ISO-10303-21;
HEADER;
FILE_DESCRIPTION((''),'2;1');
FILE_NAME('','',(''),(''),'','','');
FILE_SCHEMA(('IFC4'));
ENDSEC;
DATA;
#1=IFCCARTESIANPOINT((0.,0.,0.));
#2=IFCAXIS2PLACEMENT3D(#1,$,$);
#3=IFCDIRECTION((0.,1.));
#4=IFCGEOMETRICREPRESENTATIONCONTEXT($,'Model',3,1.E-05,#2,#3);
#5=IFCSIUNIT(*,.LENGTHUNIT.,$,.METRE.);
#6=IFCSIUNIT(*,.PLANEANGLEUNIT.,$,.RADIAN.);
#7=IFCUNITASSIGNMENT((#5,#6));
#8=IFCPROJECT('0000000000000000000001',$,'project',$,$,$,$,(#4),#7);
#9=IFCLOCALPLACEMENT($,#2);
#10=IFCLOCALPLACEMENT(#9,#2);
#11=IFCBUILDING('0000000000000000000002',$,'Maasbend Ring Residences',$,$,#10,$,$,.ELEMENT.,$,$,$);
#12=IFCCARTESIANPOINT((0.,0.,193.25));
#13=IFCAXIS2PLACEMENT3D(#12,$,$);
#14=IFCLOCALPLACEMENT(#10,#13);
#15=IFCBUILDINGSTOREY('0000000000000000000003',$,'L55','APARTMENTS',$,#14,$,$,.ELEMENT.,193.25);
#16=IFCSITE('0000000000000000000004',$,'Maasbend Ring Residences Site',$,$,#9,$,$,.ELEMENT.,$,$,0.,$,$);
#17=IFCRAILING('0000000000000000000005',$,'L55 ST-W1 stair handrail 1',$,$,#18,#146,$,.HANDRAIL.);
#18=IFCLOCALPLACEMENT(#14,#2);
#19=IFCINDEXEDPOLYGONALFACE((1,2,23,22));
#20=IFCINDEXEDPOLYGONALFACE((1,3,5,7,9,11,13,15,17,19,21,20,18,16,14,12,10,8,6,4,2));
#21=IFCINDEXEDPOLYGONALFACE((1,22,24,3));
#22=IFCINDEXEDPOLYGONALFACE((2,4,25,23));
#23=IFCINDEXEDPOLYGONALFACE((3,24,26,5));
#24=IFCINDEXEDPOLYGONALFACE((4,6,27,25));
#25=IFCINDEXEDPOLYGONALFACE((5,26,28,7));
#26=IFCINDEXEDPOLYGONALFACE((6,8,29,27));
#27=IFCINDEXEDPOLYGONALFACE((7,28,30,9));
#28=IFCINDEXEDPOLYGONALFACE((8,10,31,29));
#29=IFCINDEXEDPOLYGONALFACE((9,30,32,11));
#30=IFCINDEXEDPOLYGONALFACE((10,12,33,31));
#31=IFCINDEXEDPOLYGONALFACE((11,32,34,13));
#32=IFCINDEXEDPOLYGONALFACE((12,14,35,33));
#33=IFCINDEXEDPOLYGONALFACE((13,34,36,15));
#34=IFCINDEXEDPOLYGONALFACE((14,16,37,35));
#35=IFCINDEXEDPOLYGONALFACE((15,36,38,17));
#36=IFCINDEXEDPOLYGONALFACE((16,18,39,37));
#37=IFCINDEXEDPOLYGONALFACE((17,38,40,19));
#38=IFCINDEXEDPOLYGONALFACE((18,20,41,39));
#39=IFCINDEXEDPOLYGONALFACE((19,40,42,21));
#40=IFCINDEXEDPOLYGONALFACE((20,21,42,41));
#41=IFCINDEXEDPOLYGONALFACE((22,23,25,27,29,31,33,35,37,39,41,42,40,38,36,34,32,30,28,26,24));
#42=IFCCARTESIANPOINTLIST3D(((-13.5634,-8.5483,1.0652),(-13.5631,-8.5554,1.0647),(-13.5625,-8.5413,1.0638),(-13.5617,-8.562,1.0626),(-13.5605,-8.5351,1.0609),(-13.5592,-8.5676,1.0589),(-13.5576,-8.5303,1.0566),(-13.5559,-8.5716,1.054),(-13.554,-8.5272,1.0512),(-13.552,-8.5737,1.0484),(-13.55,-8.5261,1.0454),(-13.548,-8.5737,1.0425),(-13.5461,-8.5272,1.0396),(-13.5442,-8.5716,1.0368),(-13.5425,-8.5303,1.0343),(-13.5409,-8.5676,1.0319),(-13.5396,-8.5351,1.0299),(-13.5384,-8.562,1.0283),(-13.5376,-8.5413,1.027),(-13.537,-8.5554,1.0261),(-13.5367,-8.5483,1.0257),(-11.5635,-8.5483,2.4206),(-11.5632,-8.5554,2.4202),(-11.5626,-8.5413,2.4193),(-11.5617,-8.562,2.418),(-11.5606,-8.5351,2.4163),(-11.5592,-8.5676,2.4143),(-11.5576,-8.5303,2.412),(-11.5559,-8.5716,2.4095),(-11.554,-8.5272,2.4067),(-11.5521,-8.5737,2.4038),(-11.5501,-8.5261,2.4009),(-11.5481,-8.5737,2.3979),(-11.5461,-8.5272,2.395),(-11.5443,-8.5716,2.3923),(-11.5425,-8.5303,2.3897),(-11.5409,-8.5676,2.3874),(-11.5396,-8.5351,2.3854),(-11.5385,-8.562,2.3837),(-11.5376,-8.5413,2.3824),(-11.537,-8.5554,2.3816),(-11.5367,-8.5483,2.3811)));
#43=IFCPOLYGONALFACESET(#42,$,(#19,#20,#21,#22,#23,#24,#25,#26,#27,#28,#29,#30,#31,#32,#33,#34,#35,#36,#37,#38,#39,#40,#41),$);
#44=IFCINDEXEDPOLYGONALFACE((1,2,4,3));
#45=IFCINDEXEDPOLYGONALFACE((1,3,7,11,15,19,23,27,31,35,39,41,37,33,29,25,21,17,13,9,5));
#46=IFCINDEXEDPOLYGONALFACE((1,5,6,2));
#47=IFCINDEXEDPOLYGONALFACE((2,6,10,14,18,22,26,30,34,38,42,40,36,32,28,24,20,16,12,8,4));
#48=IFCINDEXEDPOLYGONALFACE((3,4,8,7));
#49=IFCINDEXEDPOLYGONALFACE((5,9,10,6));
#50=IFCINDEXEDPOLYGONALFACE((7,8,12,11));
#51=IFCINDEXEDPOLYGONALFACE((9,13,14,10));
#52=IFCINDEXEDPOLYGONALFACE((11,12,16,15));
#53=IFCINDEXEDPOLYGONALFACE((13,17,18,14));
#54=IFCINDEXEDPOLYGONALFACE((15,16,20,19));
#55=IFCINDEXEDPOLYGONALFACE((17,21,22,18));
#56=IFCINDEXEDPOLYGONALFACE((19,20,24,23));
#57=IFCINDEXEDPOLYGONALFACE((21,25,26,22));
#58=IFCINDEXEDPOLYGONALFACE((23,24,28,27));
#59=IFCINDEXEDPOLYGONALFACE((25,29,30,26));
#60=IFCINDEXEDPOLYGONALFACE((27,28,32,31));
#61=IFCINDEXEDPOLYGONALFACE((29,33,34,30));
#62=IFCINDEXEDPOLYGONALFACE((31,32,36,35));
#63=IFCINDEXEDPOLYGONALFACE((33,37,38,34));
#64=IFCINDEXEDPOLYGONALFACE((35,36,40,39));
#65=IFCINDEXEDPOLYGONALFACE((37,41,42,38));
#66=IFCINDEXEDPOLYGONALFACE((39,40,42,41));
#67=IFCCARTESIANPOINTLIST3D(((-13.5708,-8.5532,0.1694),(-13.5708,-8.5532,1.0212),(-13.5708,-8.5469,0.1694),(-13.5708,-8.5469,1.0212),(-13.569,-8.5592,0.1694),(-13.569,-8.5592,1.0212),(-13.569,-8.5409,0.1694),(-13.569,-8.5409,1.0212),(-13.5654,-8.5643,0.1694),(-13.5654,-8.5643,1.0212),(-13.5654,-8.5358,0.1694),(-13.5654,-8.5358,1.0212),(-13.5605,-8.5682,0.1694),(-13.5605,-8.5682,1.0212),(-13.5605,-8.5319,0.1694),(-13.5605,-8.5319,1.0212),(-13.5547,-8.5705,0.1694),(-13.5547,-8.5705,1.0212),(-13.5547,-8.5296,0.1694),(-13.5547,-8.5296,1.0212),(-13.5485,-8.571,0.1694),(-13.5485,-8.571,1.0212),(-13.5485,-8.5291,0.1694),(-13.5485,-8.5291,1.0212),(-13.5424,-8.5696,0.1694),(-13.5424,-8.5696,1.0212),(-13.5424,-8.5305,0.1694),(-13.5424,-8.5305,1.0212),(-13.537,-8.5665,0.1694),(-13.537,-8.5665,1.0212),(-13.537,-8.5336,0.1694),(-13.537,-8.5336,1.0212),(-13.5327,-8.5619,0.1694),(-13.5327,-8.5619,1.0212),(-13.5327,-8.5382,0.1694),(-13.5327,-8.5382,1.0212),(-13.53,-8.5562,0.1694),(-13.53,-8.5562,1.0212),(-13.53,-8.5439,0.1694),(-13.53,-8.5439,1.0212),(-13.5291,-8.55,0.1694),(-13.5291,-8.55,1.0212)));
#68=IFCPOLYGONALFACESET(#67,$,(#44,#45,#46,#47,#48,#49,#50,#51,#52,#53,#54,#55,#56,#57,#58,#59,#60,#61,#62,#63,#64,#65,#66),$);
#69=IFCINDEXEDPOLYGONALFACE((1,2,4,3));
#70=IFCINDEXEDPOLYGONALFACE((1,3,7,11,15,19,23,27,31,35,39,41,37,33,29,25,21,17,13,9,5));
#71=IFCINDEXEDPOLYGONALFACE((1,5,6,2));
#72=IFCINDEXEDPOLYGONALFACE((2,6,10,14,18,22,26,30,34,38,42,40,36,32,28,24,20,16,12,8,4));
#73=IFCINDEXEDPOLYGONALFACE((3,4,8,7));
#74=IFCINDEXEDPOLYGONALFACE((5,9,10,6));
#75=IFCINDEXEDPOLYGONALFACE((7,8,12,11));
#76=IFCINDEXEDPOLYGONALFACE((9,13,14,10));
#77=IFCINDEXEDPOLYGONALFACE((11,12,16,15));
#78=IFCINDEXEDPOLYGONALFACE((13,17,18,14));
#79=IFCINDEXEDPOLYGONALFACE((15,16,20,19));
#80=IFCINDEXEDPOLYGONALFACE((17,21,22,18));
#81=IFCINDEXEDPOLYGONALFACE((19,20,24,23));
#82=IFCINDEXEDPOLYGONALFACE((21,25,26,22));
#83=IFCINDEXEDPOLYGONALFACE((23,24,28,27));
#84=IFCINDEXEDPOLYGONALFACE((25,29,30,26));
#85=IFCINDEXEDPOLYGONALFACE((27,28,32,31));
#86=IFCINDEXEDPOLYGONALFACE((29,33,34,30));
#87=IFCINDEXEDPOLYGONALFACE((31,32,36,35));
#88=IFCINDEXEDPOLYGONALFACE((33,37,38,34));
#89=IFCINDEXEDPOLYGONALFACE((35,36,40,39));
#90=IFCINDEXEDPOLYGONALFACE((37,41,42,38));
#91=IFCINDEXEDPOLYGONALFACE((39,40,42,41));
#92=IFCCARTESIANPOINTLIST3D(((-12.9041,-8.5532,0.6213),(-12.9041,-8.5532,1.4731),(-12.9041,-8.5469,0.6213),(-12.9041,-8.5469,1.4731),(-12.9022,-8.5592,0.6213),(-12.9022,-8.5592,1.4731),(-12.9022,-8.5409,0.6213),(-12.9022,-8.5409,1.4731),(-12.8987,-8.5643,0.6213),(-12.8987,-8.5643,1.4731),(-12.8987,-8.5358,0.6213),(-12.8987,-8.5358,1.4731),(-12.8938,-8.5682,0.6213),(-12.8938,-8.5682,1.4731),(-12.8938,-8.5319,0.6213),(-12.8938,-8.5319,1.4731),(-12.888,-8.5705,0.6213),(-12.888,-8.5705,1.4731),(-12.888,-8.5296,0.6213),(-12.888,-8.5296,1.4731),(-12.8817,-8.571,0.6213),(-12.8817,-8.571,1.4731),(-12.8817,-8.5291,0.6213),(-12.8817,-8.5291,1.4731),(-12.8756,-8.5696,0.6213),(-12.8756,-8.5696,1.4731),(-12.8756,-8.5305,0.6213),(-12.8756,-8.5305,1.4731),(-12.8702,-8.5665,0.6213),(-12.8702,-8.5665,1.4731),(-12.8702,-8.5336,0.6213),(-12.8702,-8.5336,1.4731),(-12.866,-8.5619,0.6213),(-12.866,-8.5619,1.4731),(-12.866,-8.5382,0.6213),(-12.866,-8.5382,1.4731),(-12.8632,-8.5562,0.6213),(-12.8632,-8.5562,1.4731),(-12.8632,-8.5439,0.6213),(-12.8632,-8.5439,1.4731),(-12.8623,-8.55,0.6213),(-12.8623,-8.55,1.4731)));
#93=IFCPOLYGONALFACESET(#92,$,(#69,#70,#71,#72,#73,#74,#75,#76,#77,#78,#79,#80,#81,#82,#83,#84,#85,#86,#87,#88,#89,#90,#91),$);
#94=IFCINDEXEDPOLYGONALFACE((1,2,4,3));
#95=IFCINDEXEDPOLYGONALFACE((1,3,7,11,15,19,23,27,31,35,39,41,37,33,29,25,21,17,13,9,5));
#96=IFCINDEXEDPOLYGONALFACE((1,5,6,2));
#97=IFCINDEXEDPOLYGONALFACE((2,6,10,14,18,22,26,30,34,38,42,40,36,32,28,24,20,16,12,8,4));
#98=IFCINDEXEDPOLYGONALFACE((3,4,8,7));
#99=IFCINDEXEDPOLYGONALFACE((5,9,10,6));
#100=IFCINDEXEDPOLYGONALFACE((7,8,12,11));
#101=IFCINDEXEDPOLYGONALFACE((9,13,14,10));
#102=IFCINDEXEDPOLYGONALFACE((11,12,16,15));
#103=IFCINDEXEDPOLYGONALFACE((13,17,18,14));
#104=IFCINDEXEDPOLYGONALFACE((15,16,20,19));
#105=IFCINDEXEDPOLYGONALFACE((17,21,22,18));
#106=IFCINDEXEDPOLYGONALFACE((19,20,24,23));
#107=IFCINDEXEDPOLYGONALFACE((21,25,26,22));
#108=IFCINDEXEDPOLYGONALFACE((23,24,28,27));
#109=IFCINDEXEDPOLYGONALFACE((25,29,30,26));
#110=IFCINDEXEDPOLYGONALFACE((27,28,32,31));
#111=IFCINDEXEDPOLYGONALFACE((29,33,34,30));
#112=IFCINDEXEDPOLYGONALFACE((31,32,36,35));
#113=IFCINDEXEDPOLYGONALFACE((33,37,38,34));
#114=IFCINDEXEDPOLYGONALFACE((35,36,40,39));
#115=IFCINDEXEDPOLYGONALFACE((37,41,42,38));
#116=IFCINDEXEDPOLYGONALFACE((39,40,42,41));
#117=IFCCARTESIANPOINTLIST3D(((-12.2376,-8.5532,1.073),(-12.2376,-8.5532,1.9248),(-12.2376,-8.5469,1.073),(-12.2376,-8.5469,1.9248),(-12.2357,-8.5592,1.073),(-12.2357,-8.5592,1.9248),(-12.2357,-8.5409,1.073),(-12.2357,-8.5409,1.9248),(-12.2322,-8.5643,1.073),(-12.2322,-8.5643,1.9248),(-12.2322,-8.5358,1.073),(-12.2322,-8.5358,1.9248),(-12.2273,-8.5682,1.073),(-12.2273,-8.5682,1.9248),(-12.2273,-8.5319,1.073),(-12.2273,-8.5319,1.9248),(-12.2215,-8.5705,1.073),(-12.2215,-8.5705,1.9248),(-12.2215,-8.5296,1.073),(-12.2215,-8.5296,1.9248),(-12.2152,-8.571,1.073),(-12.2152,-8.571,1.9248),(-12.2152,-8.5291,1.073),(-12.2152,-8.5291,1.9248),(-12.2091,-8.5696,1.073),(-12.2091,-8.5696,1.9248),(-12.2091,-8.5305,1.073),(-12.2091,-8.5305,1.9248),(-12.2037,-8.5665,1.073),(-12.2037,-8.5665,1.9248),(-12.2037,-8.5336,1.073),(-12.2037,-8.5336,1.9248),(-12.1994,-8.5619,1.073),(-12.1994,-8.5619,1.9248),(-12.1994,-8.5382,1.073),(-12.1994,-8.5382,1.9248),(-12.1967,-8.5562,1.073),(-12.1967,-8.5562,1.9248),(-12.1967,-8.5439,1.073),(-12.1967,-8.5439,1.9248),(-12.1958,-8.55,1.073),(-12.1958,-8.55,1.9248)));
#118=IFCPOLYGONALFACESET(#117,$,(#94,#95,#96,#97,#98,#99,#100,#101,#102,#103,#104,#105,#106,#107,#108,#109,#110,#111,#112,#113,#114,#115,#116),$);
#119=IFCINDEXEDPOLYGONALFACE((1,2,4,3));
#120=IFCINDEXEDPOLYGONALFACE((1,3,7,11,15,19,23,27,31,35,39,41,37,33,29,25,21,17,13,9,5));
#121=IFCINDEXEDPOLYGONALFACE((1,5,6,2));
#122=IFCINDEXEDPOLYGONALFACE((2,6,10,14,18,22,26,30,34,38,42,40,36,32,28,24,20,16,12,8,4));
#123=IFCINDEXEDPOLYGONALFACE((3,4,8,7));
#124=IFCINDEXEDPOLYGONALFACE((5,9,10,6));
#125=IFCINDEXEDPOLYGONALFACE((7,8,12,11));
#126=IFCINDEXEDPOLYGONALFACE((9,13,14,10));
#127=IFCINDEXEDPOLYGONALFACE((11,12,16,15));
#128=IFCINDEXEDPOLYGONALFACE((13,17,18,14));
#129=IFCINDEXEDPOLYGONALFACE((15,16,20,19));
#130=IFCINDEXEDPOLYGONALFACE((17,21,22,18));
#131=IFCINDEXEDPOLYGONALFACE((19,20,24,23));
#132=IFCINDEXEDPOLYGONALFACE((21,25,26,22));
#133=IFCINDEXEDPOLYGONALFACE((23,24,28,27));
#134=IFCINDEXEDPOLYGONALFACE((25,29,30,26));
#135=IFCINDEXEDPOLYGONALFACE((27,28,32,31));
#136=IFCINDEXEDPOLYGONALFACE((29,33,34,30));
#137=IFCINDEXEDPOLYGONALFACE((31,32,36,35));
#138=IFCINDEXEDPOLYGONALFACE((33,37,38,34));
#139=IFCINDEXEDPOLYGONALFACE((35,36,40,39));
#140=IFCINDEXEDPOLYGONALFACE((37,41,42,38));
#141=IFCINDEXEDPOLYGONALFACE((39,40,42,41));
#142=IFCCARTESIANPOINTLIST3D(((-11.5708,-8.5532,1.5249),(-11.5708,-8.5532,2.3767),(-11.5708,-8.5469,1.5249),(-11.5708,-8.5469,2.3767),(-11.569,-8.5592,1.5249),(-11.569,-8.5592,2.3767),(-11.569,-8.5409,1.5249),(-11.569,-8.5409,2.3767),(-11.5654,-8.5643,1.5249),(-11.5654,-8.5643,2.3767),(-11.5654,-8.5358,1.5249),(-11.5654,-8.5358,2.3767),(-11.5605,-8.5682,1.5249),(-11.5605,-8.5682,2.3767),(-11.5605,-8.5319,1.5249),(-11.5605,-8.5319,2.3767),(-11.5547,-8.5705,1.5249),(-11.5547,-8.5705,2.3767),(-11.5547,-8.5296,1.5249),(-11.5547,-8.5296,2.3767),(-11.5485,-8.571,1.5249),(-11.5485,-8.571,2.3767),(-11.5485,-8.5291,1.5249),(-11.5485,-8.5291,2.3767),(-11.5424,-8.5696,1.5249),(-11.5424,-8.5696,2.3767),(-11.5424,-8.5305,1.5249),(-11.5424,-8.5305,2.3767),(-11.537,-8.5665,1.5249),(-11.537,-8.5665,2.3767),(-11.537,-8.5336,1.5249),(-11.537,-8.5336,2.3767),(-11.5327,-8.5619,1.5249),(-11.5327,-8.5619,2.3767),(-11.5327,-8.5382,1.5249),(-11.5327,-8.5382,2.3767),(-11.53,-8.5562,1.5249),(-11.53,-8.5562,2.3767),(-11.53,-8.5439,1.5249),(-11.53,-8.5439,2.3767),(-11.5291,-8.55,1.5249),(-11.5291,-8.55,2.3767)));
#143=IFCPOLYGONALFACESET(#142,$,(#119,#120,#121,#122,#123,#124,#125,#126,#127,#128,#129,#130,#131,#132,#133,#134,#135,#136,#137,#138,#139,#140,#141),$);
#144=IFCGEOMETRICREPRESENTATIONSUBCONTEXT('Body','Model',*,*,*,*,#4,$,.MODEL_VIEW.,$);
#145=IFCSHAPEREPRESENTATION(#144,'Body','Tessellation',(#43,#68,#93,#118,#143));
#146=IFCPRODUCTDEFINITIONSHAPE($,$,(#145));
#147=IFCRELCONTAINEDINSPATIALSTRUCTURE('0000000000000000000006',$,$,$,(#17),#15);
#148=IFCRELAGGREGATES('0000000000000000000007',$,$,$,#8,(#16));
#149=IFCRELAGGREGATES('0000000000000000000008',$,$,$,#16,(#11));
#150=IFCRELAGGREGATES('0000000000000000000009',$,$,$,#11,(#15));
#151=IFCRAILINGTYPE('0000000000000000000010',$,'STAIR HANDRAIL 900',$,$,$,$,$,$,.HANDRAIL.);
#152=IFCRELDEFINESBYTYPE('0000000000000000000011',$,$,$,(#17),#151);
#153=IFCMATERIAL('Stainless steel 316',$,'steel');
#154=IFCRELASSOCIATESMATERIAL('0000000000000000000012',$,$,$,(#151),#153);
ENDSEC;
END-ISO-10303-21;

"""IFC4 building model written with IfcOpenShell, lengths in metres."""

from ifc_helpers import new_model, si_unit, direction, frame, origin, origin_2d, place, context, subcontext, project, spatial, circle, extrude, material, type_object, element, save


model = new_model("IFC4")

# Units and contexts
model_context = context("Model", 3, precision=1e-05, world=origin(), true_north=direction((0.0, 1.0)))
body_context = subcontext(model_context, "Body", "Model", "MODEL_VIEW")
ifc_project = project(units=[si_unit("LENGTHUNIT", "METRE"), si_unit("PLANEANGLEUNIT", "RADIAN")], contexts=[model_context])

# Site, building, storey
site_placement = place(None, origin())
site = spatial("IfcSite", under=ifc_project, at=site_placement, Name="Maasbend Ring Residences Site", CompositionType="ELEMENT", RefElevation=0.0)
building_placement = place(site_placement, origin())
building = spatial("IfcBuilding", under=site, at=building_placement, Name="Maasbend Ring Residences", CompositionType="ELEMENT")
storey_placement = place(building_placement, frame((0.0, 0.0, 193.25)))
storey = spatial("IfcBuildingStorey", under=building, at=storey_placement, Name="L55", Description="APARTMENTS", CompositionType="ELEMENT", Elevation=193.25)

# Railing
ifc_material_1 = material(Name="Stainless steel 316", Category="steel")
railing_type_1 = type_object("IfcRailingType", Name="STAIR HANDRAIL 900", PredefinedType="HANDRAIL", material=ifc_material_1)
railing_1_placement = place(storey_placement, frame((-13.55, -8.55, 0.1694)))
element("IfcRailing", 1, at=railing_1_placement, inside=storey, type_object=railing_type_1, Name="L55 ST-W1 stair handrail 1", PredefinedType="HANDRAIL", context=body_context, shape_type="SweptSolid", body=[
    extrude(circle(Radius=0.0239, at=origin_2d()), frame((0.0, 0.0, 0.876), z_axis=(0.827798, 0.0, 0.561027), x_axis=(0.0, 1.0, 0.0)), (0.0, 0.0, 1.0), 2.416),
    extrude(circle(Radius=0.021, at=origin_2d()), origin(), (0.0, 0.0, 1.0), 0.8518),
    extrude(circle(Radius=0.021, at=origin_2d()), frame((0.6667, 0.0, 0.4519)), (0.0, 0.0, 1.0), 0.8518),
    extrude(circle(Radius=0.021, at=origin_2d()), frame((1.3333, 0.0, 0.9036)), (0.0, 0.0, 1.0), 0.8518),
    extrude(circle(Radius=0.021, at=origin_2d()), frame((2.0, 0.0, 1.3555)), (0.0, 0.0, 1.0), 0.8518),
])

save(model, "model.ifc")
